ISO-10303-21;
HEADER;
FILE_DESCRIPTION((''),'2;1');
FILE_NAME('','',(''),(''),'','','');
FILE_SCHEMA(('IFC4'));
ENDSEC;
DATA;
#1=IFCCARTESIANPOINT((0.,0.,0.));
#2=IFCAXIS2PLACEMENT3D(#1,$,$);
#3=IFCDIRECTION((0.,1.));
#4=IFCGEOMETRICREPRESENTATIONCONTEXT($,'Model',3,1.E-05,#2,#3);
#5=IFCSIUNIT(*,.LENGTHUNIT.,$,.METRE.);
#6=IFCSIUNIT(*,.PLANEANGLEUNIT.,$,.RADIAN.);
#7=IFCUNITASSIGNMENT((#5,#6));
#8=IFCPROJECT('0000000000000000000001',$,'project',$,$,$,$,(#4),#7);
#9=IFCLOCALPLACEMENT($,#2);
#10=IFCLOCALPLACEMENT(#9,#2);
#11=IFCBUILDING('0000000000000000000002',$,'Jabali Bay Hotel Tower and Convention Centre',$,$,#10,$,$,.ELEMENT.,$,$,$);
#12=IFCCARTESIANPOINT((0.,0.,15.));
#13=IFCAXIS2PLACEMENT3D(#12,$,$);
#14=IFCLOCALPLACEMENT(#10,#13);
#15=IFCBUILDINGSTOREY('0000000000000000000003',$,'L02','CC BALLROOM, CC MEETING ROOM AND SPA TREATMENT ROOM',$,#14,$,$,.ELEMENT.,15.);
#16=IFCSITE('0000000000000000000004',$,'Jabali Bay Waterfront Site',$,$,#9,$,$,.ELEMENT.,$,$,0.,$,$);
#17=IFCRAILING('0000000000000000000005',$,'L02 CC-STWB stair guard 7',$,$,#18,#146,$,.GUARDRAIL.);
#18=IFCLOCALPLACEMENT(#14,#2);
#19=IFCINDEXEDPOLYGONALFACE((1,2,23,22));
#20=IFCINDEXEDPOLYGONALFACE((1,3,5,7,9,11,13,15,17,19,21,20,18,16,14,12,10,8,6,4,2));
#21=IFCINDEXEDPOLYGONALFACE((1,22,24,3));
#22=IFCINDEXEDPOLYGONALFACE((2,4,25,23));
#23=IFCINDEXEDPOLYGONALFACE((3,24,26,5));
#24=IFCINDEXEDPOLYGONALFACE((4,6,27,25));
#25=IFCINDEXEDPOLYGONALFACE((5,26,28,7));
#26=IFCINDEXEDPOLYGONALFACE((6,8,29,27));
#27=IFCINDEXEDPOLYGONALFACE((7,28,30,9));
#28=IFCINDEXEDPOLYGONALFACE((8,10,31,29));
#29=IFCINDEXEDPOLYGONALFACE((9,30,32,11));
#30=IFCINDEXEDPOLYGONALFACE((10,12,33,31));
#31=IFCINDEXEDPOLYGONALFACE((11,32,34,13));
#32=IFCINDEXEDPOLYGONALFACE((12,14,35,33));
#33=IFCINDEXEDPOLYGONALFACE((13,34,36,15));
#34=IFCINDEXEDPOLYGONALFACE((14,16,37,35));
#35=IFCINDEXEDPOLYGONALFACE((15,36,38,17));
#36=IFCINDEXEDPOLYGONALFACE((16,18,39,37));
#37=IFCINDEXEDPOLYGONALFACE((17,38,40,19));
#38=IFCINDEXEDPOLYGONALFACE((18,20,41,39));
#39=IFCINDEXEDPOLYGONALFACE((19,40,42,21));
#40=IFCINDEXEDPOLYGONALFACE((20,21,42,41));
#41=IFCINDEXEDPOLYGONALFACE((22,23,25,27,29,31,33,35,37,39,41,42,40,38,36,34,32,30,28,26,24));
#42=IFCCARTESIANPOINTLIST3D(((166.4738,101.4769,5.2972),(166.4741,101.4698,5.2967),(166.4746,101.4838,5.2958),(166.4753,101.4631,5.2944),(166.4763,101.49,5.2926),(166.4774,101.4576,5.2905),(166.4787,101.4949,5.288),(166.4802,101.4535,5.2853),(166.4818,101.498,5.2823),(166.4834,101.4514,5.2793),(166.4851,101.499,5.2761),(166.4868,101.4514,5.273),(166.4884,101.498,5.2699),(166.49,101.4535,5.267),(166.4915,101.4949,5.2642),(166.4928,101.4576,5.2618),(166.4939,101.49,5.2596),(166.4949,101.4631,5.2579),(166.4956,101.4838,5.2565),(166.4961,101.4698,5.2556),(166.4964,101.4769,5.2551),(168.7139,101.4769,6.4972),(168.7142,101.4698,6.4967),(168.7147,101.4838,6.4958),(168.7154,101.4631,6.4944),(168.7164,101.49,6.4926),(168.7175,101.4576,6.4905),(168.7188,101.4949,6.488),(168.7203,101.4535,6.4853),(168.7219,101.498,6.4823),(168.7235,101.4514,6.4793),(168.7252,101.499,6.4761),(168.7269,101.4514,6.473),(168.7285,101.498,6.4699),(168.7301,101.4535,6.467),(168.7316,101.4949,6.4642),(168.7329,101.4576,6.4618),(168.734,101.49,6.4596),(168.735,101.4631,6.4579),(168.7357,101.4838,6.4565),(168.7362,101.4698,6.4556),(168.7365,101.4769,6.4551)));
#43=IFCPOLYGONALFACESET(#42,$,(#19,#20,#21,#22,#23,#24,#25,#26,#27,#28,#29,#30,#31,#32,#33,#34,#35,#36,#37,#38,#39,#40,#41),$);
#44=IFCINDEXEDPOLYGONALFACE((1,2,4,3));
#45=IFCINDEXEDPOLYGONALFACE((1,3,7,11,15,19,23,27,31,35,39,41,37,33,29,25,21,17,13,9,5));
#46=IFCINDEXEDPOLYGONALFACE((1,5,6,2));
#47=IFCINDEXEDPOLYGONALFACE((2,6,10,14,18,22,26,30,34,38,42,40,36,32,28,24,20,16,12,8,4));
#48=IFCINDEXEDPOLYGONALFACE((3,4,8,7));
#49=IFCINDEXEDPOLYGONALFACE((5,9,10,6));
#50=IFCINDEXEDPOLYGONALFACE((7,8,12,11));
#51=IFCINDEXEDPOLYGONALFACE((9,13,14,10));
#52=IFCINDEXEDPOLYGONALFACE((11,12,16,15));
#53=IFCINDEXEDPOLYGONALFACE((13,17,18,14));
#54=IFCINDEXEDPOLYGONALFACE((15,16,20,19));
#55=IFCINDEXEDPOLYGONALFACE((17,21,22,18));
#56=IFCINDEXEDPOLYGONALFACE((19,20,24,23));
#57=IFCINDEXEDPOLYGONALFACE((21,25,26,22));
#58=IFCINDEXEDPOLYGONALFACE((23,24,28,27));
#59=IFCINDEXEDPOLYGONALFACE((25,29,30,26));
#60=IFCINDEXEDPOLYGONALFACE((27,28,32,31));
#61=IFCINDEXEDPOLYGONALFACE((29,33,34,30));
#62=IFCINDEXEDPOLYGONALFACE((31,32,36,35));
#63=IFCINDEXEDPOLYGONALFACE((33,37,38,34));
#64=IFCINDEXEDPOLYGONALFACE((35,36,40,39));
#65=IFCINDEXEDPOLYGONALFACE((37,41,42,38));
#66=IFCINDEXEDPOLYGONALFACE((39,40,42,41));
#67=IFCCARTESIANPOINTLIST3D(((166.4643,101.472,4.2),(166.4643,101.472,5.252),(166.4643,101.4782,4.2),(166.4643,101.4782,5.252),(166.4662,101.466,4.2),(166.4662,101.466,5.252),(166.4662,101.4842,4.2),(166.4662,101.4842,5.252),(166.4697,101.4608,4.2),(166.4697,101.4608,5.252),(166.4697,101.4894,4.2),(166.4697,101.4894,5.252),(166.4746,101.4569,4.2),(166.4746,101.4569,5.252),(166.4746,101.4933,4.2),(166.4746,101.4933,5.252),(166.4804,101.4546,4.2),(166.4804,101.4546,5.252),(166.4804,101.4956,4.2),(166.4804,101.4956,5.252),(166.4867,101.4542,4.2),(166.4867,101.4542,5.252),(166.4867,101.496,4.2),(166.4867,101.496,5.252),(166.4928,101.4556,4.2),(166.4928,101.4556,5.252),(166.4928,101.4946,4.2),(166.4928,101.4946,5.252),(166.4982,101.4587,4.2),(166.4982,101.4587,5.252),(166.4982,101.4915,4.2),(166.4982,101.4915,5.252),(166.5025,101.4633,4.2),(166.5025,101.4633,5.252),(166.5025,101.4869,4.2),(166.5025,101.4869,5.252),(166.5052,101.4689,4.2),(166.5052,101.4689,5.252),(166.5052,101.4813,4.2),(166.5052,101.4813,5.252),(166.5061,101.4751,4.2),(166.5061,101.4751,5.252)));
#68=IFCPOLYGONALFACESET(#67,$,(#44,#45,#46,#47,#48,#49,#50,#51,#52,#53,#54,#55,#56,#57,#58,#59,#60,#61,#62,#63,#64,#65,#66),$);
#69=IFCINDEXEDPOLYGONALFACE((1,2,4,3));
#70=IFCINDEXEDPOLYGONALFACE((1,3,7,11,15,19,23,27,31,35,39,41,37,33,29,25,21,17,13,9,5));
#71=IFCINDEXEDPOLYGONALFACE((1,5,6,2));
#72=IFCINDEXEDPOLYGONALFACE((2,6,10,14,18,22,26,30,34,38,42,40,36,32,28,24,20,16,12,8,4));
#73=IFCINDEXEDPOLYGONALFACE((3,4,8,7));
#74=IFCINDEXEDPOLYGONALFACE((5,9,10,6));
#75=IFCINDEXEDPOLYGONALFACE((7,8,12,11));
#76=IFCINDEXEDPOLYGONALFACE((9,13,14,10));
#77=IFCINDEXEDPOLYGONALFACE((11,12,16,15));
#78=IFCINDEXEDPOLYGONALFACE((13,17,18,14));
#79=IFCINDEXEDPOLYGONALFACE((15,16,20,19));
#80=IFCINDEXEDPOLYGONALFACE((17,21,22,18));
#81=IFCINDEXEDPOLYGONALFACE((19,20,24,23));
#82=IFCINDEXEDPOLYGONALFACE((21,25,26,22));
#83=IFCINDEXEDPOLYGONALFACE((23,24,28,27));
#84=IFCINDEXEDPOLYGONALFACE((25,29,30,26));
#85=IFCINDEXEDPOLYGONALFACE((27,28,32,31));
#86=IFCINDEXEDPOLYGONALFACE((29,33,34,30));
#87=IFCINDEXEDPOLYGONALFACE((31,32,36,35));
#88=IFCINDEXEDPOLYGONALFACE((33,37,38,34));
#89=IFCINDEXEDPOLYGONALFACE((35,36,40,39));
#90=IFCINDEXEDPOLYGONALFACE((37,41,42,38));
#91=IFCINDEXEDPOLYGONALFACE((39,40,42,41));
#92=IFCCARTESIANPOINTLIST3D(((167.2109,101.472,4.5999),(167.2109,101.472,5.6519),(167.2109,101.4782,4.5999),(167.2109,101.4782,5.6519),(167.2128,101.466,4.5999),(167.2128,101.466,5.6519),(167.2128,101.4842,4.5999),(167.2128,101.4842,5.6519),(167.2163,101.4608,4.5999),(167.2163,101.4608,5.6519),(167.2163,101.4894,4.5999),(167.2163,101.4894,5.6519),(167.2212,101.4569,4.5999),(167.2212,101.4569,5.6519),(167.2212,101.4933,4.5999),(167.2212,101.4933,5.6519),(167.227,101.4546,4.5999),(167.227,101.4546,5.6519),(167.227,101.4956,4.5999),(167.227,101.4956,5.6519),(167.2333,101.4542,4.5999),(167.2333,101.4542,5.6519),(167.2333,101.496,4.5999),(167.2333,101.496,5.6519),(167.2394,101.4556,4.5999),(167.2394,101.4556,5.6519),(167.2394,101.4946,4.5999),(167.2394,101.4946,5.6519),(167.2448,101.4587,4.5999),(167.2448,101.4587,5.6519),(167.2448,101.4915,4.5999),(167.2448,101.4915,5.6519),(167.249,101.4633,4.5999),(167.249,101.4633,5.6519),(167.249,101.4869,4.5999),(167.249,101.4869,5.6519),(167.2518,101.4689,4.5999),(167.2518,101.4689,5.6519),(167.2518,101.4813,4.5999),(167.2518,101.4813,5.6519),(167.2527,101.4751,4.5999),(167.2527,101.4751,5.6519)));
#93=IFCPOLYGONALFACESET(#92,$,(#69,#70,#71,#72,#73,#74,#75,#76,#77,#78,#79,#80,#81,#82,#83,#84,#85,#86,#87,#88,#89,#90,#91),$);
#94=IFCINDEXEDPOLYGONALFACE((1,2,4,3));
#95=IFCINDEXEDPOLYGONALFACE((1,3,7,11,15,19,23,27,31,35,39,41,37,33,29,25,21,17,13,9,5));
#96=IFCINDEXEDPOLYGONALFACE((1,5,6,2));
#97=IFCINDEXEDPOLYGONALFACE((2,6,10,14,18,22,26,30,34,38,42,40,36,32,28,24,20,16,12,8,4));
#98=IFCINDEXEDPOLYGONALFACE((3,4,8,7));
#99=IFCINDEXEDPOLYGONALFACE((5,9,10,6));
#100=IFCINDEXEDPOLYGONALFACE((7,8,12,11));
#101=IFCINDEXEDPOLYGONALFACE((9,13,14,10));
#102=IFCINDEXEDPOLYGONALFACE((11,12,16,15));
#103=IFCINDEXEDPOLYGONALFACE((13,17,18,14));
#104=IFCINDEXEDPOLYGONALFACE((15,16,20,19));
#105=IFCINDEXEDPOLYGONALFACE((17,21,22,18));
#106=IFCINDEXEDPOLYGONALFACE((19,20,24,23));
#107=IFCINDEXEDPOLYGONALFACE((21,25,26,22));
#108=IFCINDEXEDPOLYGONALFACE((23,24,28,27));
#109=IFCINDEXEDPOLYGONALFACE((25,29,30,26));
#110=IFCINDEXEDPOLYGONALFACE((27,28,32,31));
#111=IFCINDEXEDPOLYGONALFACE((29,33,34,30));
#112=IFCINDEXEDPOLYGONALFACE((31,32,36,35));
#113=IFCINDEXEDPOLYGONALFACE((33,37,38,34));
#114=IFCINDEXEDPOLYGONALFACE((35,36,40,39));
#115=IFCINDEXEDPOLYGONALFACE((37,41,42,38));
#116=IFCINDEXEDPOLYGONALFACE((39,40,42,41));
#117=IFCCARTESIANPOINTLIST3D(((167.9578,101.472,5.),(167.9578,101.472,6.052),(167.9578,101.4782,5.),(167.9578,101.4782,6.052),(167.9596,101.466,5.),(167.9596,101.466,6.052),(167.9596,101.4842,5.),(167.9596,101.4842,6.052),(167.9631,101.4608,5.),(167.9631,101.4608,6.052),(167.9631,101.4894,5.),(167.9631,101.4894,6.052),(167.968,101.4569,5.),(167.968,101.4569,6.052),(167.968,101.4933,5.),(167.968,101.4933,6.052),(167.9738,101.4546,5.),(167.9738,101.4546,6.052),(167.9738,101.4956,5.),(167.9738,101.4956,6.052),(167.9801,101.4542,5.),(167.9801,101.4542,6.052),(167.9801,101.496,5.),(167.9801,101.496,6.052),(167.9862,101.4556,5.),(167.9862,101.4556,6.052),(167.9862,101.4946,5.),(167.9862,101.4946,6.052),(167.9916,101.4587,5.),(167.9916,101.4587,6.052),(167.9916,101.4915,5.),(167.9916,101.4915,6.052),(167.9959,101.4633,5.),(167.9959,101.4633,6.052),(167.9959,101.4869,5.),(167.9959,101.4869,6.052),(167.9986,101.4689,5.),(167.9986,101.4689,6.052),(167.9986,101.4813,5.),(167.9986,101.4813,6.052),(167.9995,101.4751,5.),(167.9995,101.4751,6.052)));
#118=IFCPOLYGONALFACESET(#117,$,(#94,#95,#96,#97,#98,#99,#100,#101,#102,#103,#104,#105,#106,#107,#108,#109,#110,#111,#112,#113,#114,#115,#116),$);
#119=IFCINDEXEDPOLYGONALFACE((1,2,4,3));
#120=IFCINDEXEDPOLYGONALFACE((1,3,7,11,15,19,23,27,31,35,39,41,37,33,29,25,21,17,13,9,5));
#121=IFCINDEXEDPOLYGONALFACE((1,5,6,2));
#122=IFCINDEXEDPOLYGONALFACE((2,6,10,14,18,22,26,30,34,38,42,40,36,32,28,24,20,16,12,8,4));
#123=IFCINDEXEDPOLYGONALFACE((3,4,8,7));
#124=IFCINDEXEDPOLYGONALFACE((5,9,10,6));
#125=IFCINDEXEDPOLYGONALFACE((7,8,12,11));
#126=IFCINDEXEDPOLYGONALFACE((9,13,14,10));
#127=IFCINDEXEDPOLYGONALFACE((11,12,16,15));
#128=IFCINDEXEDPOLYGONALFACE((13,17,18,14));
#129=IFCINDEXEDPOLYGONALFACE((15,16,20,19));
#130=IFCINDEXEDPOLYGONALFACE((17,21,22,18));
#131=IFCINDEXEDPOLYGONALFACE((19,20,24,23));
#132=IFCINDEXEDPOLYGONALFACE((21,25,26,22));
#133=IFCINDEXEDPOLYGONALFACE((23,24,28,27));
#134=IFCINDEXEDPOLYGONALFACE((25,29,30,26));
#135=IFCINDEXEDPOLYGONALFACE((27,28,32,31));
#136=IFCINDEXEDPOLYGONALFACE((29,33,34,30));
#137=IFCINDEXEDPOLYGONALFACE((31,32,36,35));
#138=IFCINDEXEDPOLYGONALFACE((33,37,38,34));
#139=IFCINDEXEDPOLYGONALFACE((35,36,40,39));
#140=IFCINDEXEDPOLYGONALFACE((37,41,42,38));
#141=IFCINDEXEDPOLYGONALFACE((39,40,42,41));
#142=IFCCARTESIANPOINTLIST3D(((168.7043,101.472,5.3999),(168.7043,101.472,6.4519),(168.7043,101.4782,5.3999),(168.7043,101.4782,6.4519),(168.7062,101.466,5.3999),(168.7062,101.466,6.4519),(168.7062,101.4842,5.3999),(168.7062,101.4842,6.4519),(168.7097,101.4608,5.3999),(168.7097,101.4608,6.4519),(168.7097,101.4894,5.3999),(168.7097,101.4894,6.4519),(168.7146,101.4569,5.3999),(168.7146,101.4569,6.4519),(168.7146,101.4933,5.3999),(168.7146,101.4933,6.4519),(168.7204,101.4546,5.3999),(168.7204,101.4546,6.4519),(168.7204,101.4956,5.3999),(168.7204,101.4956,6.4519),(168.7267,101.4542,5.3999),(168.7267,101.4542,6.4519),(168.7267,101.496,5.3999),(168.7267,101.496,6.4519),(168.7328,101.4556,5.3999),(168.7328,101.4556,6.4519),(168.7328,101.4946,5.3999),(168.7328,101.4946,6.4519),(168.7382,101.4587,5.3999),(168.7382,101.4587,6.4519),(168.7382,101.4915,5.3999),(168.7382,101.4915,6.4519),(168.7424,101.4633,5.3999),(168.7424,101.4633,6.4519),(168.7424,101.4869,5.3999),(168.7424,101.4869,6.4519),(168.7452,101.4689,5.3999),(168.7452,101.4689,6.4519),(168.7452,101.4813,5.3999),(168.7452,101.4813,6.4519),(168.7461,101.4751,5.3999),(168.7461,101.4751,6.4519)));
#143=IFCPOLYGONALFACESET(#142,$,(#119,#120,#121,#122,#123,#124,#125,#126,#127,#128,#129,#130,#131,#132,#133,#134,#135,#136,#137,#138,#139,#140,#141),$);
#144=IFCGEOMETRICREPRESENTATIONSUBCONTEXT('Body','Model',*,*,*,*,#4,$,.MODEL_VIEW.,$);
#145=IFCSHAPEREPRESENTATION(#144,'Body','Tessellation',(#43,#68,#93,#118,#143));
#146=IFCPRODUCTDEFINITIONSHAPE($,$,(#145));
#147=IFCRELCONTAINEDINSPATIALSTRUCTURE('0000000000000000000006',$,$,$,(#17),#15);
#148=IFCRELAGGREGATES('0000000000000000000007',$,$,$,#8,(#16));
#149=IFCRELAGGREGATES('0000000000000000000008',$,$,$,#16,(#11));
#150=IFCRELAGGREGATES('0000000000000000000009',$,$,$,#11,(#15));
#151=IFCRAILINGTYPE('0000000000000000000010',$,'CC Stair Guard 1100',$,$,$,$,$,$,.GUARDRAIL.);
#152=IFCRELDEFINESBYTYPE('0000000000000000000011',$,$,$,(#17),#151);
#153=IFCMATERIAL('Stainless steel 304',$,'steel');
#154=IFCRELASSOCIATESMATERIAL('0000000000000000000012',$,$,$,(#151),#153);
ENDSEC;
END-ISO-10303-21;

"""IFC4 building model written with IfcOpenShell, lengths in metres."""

from ifc_helpers import new_model, si_unit, direction, frame, origin, origin_2d, place, context, subcontext, project, spatial, circle, extrude, material, type_object, element, save


model = new_model("IFC4")

# Units and contexts
model_context = context("Model", 3, precision=1e-05, world=origin(), true_north=direction((0.0, 1.0)))
body_context = subcontext(model_context, "Body", "Model", "MODEL_VIEW")
ifc_project = project(units=[si_unit("LENGTHUNIT", "METRE"), si_unit("PLANEANGLEUNIT", "RADIAN")], contexts=[model_context])

# Site, building, storey
site_placement = place(None, origin())
site = spatial("IfcSite", under=ifc_project, at=site_placement, Name="Jabali Bay Waterfront Site", CompositionType="ELEMENT", RefElevation=0.0)
building_placement = place(site_placement, origin())
building = spatial("IfcBuilding", under=site, at=building_placement, Name="Jabali Bay Hotel Tower and Convention Centre", CompositionType="ELEMENT")
storey_placement = place(building_placement, frame((0.0, 0.0, 15.0)))
storey = spatial("IfcBuildingStorey", under=building, at=storey_placement, Name="L02", Description="CC BALLROOM, CC MEETING ROOM AND SPA TREATMENT ROOM", CompositionType="ELEMENT", Elevation=15.0)

# Railing
ifc_material_1 = material(Name="Stainless steel 304", Category="steel")
railing_type_1 = type_object("IfcRailingType", Name="CC Stair Guard 1100", PredefinedType="GUARDRAIL", material=ifc_material_1)
railing_1_placement = place(storey_placement, frame((166.4851, 101.4751, 4.2)))
element("IfcRailing", 1, at=railing_1_placement, inside=storey, type_object=railing_type_1, Name="L02 CC-STWB stair guard 7", PredefinedType="GUARDRAIL", context=body_context, shape_type="SweptSolid", body=[
    extrude(circle(Radius=0.0239, at=origin_2d()), frame((0.0, 0.0, 1.0762), z_axis=(0.881487, 0.0, 0.472208), x_axis=(0.0, 1.0, 0.0)), (0.0, 0.0, 1.0), 2.5413),
    extrude(circle(Radius=0.021, at=origin_2d()), origin(), (0.0, 0.0, 1.0), 1.052),
    extrude(circle(Radius=0.021, at=origin_2d()), frame((0.7466, 0.0, 0.3999)), (0.0, 0.0, 1.0), 1.052),
    extrude(circle(Radius=0.021, at=origin_2d()), frame((1.4934, 0.0, 0.8)), (0.0, 0.0, 1.0), 1.052),
    extrude(circle(Radius=0.021, at=origin_2d()), frame((2.24, 0.0, 1.2)), (0.0, 0.0, 1.0), 1.052),
])

save(model, "model.ifc")
